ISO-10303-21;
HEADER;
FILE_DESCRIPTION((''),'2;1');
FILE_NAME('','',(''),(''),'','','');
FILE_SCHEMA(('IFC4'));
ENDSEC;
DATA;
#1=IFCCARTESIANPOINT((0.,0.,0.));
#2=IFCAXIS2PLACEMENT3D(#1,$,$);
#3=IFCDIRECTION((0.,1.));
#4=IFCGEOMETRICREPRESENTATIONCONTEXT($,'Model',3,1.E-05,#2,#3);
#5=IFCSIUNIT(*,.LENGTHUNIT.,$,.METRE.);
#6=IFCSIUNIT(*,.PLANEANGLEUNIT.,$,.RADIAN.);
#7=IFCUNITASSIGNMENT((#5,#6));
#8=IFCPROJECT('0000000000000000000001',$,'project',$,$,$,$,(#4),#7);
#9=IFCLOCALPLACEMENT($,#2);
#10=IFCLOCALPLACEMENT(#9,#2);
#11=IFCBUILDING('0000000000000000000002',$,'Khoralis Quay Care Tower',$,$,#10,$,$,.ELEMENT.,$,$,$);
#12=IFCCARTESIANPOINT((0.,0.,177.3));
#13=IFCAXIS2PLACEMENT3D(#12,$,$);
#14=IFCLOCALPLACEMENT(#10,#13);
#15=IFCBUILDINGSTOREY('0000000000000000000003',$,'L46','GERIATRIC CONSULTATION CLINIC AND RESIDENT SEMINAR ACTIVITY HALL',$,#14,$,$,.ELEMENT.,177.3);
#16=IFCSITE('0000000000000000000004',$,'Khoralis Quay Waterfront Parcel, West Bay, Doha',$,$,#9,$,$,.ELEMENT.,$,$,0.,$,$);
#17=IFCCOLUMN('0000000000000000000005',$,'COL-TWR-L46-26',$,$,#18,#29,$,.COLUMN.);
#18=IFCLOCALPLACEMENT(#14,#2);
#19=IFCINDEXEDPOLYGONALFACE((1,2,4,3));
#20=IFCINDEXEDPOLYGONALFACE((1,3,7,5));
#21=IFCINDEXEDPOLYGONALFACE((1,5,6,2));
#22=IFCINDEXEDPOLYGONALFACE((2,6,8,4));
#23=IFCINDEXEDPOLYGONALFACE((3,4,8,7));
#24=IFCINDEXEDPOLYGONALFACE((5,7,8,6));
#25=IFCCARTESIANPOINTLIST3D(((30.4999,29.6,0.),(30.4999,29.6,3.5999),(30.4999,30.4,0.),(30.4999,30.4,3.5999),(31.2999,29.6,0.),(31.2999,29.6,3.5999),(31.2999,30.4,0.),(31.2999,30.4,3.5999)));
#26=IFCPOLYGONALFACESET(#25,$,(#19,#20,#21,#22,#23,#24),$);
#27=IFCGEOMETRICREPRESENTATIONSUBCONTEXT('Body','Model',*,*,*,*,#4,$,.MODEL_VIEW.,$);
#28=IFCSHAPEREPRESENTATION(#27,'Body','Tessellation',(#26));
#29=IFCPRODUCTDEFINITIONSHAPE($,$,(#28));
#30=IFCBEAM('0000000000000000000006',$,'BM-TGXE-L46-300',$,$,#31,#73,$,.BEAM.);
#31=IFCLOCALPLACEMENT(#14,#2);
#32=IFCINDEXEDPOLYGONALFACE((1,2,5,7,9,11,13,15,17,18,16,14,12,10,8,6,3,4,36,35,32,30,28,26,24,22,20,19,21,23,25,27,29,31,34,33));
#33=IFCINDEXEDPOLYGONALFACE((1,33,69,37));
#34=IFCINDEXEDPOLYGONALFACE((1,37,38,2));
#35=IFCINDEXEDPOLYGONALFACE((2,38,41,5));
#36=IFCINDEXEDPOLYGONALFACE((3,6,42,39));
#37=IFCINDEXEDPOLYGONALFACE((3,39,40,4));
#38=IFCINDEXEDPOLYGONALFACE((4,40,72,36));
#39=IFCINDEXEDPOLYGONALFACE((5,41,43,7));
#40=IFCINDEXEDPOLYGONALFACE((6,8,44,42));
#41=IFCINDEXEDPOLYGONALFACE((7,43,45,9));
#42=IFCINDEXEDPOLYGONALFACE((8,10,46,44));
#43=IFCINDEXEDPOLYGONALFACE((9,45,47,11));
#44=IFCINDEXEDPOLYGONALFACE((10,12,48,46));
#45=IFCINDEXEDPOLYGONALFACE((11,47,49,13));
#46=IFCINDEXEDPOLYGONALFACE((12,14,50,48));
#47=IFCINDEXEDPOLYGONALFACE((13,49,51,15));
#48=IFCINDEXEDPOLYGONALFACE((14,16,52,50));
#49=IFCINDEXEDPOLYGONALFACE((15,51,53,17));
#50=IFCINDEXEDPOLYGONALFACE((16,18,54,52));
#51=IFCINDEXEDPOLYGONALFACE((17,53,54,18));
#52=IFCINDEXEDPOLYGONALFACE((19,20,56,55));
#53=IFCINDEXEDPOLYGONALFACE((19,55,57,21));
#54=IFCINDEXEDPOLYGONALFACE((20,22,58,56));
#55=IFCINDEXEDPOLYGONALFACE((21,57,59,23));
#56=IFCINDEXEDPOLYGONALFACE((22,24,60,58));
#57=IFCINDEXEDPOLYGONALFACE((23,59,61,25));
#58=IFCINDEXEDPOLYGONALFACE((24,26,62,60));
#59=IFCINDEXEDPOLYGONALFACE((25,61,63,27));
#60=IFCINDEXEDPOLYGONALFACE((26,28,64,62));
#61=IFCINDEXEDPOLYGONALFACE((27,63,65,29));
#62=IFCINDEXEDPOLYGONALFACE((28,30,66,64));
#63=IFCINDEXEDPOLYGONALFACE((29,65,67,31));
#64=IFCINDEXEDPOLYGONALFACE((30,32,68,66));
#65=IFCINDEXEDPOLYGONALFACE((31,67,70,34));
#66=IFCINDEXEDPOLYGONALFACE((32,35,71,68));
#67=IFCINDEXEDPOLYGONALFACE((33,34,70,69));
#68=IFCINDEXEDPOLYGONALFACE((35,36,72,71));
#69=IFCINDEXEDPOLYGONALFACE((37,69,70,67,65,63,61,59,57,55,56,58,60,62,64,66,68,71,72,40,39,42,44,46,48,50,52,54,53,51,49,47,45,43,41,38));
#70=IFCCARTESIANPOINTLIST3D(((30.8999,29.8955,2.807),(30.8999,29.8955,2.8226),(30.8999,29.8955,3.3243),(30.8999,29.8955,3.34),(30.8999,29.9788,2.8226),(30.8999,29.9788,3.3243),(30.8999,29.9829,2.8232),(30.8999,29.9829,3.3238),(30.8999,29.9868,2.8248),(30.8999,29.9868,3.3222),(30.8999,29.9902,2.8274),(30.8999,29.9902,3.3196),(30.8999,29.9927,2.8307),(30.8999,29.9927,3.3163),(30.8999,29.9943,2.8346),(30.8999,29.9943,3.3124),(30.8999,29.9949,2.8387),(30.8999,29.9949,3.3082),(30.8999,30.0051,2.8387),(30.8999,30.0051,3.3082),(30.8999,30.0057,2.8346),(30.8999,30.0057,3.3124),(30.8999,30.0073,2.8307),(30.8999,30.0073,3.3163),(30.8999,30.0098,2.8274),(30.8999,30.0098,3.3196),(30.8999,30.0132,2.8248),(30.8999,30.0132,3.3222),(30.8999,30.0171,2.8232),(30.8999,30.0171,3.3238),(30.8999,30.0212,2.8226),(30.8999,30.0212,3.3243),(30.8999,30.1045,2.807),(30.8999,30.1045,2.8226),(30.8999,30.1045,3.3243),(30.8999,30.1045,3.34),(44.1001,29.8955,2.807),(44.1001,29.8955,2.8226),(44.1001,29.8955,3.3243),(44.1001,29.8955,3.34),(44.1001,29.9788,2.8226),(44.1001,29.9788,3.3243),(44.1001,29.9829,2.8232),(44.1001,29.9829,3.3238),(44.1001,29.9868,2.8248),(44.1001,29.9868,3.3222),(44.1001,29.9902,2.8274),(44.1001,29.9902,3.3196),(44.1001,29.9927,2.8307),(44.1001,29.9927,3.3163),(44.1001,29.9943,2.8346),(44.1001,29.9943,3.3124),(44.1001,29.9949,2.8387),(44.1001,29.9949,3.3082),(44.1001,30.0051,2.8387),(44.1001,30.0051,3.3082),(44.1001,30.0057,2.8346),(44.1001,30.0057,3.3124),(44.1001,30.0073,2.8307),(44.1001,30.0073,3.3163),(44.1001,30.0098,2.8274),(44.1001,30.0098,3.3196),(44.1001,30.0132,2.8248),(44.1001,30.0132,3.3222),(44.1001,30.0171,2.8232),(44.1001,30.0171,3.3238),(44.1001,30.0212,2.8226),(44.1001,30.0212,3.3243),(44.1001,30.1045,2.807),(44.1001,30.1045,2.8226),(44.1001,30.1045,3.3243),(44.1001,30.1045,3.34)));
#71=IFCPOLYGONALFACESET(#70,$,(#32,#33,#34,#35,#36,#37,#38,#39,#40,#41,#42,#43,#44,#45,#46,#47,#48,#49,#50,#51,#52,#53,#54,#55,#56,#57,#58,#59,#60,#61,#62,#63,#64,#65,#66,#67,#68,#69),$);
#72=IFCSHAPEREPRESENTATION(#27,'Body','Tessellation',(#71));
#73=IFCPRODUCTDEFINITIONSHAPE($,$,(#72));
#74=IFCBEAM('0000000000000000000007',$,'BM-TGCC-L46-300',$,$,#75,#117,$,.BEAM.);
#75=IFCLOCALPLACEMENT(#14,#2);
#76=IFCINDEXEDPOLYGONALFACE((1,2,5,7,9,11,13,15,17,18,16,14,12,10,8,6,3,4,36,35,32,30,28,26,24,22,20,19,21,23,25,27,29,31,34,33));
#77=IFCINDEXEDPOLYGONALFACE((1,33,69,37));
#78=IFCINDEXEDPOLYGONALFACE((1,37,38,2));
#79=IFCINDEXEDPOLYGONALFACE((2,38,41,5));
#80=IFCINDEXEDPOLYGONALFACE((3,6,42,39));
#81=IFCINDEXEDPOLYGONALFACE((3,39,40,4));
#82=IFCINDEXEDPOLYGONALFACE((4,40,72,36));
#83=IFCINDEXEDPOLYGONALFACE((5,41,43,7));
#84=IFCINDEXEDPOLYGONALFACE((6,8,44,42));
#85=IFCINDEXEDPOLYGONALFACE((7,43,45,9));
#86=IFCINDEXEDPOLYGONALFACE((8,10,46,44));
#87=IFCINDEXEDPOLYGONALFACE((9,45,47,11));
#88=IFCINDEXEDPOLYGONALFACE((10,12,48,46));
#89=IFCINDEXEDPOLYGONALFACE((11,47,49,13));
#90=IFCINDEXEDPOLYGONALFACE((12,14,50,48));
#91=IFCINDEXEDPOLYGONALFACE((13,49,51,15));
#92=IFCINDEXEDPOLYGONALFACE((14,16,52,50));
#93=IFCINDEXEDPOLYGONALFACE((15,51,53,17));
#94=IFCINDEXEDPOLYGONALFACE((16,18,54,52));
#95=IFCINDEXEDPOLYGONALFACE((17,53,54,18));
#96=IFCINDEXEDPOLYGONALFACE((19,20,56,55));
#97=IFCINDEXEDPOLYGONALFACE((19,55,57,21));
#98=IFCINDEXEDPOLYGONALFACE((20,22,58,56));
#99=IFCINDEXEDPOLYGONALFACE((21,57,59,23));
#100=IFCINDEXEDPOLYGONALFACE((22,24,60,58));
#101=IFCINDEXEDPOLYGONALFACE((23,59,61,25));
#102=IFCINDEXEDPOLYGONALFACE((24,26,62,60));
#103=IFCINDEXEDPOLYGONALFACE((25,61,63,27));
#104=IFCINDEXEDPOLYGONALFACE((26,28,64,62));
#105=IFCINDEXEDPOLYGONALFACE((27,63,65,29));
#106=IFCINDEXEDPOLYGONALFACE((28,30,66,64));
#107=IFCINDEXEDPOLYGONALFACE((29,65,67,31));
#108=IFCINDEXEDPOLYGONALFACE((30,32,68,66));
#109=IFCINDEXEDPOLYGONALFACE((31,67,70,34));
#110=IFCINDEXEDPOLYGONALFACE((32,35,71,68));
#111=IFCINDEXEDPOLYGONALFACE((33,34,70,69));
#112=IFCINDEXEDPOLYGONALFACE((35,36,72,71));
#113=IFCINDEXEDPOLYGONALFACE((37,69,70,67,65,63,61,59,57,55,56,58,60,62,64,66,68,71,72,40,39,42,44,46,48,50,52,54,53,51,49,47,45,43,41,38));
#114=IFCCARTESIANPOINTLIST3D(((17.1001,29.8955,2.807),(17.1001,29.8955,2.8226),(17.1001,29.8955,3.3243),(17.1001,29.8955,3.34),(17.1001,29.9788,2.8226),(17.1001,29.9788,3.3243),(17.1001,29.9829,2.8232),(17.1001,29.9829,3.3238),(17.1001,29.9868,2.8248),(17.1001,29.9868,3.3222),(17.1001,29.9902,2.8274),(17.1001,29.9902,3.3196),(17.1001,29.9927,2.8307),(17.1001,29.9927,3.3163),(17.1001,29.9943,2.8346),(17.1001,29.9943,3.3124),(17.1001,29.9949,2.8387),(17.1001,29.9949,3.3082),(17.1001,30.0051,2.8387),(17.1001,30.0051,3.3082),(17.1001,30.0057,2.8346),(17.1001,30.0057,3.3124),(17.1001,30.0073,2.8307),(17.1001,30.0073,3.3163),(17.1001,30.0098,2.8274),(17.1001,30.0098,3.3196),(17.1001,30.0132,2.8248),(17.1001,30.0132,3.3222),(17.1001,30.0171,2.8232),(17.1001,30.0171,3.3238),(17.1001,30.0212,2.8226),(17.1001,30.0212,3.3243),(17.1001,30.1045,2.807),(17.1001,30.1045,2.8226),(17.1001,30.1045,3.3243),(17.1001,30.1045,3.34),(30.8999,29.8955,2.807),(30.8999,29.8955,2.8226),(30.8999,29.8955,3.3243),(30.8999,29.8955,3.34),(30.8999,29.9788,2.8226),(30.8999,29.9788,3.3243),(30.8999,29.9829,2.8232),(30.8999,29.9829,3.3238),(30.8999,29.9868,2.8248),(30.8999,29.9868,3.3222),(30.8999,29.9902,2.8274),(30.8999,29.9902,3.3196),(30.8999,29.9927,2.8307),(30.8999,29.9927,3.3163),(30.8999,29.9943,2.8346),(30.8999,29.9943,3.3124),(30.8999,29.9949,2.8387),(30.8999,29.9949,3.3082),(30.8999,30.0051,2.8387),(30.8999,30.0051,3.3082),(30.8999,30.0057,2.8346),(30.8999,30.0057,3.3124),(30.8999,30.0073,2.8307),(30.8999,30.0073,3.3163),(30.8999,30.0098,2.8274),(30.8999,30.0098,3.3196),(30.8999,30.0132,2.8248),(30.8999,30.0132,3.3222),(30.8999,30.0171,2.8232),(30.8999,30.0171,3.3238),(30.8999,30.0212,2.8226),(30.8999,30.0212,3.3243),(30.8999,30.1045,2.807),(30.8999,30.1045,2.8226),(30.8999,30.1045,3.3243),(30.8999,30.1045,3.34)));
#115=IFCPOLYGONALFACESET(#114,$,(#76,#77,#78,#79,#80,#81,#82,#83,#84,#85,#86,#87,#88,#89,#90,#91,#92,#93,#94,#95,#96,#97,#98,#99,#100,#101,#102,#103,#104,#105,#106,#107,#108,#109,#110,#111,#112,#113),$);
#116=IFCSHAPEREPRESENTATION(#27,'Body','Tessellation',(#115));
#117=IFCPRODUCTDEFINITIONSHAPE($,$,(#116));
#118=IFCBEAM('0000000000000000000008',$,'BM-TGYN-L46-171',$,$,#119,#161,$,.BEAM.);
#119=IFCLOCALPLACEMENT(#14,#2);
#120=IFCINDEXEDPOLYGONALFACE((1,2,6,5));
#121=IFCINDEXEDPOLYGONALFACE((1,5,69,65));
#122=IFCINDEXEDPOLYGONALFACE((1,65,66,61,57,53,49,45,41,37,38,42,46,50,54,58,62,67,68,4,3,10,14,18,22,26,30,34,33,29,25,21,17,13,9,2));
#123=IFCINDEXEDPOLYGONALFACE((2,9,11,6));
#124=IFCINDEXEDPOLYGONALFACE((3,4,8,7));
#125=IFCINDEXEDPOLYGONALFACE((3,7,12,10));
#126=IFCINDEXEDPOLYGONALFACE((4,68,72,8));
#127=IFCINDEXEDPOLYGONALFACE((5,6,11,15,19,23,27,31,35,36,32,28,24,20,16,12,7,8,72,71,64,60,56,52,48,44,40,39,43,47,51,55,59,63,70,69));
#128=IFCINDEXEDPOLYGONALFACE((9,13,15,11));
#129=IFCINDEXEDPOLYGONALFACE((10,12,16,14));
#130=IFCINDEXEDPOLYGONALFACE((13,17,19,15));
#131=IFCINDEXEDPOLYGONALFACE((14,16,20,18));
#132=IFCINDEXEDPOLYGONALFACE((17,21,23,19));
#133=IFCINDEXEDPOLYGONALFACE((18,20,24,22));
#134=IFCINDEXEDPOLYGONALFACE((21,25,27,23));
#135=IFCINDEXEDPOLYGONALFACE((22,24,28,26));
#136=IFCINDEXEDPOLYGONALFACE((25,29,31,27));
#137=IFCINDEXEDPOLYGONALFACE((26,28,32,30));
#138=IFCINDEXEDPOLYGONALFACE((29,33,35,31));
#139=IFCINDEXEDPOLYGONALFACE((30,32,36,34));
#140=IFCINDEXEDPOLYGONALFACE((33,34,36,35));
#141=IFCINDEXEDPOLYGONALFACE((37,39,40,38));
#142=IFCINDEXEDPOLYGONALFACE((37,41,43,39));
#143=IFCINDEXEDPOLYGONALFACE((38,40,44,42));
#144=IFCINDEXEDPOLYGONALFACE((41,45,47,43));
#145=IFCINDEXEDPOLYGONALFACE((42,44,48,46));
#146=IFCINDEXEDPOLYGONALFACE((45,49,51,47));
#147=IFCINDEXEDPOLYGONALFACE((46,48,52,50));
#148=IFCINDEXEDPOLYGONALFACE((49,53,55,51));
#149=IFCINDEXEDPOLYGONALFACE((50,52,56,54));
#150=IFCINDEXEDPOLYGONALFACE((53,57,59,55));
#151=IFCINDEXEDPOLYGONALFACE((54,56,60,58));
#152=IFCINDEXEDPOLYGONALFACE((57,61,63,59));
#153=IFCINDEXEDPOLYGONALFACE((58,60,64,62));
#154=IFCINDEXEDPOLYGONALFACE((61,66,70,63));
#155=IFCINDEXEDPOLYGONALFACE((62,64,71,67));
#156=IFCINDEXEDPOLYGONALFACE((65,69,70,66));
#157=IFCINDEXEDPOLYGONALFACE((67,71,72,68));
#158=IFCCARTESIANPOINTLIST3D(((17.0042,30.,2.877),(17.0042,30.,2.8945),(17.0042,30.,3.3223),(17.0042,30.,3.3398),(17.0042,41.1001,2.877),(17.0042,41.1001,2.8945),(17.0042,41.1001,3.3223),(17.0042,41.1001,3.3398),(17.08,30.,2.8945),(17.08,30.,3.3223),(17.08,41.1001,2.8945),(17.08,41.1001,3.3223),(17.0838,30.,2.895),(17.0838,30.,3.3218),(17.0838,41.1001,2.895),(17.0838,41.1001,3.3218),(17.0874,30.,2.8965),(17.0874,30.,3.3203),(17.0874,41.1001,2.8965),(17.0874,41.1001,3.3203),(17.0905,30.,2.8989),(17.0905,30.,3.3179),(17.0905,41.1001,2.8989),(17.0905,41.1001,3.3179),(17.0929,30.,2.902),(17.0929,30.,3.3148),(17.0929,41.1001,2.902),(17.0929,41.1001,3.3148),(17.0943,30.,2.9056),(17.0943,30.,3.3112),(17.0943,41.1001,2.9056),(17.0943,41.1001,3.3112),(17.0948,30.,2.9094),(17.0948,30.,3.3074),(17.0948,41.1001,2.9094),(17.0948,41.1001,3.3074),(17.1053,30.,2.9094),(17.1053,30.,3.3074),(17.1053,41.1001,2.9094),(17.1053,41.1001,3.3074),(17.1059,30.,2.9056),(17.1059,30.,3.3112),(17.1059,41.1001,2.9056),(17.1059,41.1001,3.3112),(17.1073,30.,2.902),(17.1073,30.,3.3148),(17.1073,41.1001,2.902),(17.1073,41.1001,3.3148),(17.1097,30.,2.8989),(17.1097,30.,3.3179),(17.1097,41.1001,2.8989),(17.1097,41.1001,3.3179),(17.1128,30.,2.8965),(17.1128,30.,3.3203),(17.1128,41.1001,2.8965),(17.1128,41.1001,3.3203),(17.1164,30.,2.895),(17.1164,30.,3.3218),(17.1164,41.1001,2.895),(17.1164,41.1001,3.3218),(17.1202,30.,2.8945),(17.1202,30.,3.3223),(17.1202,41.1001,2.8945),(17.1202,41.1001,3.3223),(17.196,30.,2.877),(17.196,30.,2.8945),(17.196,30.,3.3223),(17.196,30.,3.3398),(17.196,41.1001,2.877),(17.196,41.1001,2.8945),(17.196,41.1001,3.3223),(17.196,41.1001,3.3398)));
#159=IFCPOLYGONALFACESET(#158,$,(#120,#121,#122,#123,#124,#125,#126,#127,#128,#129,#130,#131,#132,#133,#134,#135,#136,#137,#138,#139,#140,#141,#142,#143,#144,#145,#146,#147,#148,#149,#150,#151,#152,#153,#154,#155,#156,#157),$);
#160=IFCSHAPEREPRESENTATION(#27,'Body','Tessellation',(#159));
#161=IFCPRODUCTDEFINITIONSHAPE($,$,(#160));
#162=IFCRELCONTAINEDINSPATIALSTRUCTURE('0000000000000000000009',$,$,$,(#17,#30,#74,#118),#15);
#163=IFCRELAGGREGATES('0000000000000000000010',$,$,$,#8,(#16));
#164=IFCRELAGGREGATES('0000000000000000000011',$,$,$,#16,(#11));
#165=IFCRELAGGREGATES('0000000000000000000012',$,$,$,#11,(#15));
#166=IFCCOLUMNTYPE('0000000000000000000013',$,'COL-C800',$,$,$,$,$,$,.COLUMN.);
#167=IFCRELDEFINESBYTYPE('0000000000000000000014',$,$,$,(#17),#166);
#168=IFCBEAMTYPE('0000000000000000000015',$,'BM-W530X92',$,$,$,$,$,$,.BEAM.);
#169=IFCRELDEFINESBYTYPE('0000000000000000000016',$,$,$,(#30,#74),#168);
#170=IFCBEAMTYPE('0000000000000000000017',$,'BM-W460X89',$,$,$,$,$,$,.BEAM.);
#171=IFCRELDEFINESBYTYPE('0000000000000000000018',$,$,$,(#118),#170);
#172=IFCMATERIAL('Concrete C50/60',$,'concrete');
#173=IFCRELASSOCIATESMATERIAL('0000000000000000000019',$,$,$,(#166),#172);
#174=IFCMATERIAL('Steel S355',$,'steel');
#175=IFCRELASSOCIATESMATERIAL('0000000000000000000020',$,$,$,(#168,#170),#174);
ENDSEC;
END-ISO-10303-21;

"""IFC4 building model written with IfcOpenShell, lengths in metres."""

from ifc_helpers import new_model, si_unit, direction, frame, origin, origin_2d, place, context, subcontext, project, spatial, rectangle, i_section, extrude, source, transform, mapped, material, material_profile, profile_set, type_object, element, save


model = new_model("IFC4")

# Units and contexts
model_context = context("Model", 3, precision=1e-05, world=origin(), true_north=direction((0.0, 1.0)))
body_context = subcontext(model_context, "Body", "Model", "MODEL_VIEW")
ifc_project = project(units=[si_unit("LENGTHUNIT", "METRE"), si_unit("PLANEANGLEUNIT", "RADIAN")], contexts=[model_context])

# Site, building, storey
site_placement = place(None, origin())
site = spatial("IfcSite", under=ifc_project, at=site_placement, Name="Khoralis Quay Waterfront Parcel, West Bay, Doha", CompositionType="ELEMENT", RefElevation=0.0)
building_placement = place(site_placement, origin())
building = spatial("IfcBuilding", under=site, at=building_placement, Name="Khoralis Quay Care Tower", CompositionType="ELEMENT")
storey_placement = place(building_placement, frame((0.0, 0.0, 177.3)))
storey = spatial("IfcBuildingStorey", under=building, at=storey_placement, Name="L46", Description="GERIATRIC CONSULTATION CLINIC AND RESIDENT SEMINAR ACTIVITY HALL", CompositionType="ELEMENT", Elevation=177.3)

# Column
ifc_material_1 = material(Name="Concrete C50/60", Category="concrete")
ifc_material_profile_1 = material_profile(ifc_material_1, rectangle(XDim=0.8, YDim=0.8, at=origin_2d()), Name="Concrete C50/60")
ifc_profile_set_1 = profile_set([ifc_material_profile_1], Name="Concrete C50/60")
column_type = type_object("IfcColumnType", Name="COL-C800", PredefinedType="COLUMN", material=ifc_profile_set_1)
shared_shape_1 = source(origin(), body_context, "Body", "SweptSolid", [
    extrude(rectangle(XDim=0.8, YDim=0.8, at=origin_2d()), origin(), (0.0, 0.0, 1.0), 3.5999),
])
column_placement = place(storey_placement, frame((30.8999, 30.0, 0.0), z_axis=(0.0, 0.0, 1.0), x_axis=(1.0, 0.0, 0.0)))
element("IfcColumn", 1, at=column_placement, inside=storey, type_object=column_type, Name="COL-TWR-L46-26", PredefinedType="COLUMN", context=body_context, shape_type="MappedRepresentation", body=[
    mapped(shared_shape_1, transform((0.0, 0.0, 0.0), scale=1.0)),
])

# Beams
ifc_material_2 = material(Name="Steel S355", Category="steel")
ifc_material_profile_2 = material_profile(ifc_material_2, i_section(OverallWidth=0.209, OverallDepth=0.533, WebThickness=0.0103, FlangeThickness=0.0156, FilletRadius=0.0161, at=origin_2d()), Name="Steel S355")
ifc_profile_set_2 = profile_set([ifc_material_profile_2], Name="Steel S355")
beam_type_1 = type_object("IfcBeamType", Name="BM-W530X92", PredefinedType="BEAM", material=ifc_profile_set_2)
shared_shape_2 = source(origin(), body_context, "Body", "SweptSolid", [
    extrude(i_section(OverallWidth=0.209, OverallDepth=0.533, WebThickness=0.0103, FlangeThickness=0.0156, FilletRadius=0.0161, at=origin_2d()), origin(), (0.0, 0.0, 1.0), 13.2002),
])
beam_1_placement = place(storey_placement, frame((30.8999, 30.0, 3.0735), z_axis=(1.0, 0.0, 0.0), x_axis=(0.0, 1.0, 0.0)))
element("IfcBeam", 2, at=beam_1_placement, inside=storey, type_object=beam_type_1, Name="BM-TGXE-L46-300", PredefinedType="BEAM", context=body_context, shape_type="MappedRepresentation", body=[
    mapped(shared_shape_2, transform((0.0, 0.0, 0.0), scale=1.0)),
])
shared_shape_3 = source(origin(), body_context, "Body", "SweptSolid", [
    extrude(i_section(OverallWidth=0.209, OverallDepth=0.533, WebThickness=0.0103, FlangeThickness=0.0156, FilletRadius=0.0161, at=origin_2d()), origin(), (0.0, 0.0, 1.0), 13.7998),
])
beam_2_placement = place(storey_placement, frame((17.1001, 30.0, 3.0735), z_axis=(1.0, 0.0, 0.0), x_axis=(0.0, 1.0, 0.0)))
element("IfcBeam", 3, at=beam_2_placement, inside=storey, type_object=beam_type_1, Name="BM-TGCC-L46-300", PredefinedType="BEAM", context=body_context, shape_type="MappedRepresentation", body=[
    mapped(shared_shape_3, transform((0.0, 0.0, 0.0), scale=1.0)),
])
ifc_material_profile_3 = material_profile(ifc_material_2, i_section(OverallWidth=0.1919, OverallDepth=0.4629, WebThickness=0.0105, FlangeThickness=0.0176, FilletRadius=0.0149, at=origin_2d()), Name="Steel S355")
ifc_profile_set_3 = profile_set([ifc_material_profile_3], Name="Steel S355")
beam_type_2 = type_object("IfcBeamType", Name="BM-W460X89", PredefinedType="BEAM", material=ifc_profile_set_3)
shared_shape_4 = source(origin(), body_context, "Body", "SweptSolid", [
    extrude(i_section(OverallWidth=0.1919, OverallDepth=0.4629, WebThickness=0.0105, FlangeThickness=0.0176, FilletRadius=0.0149, at=origin_2d()), origin(), (0.0, 0.0, 1.0), 11.1001),
])
for number, where, z_axis, x_axis, name in (
    (4, (17.1001, 30.0, 3.1084), (0.0, 1.0, 0.0), (-1.0, 0.0, 0.0), "BM-TGYN-L46-171"),
):
    element("IfcBeam", number, at=place(storey_placement, frame(where, z_axis=z_axis, x_axis=x_axis)), inside=storey, type_object=beam_type_2, Name=name, PredefinedType="BEAM", context=body_context, shape_type="MappedRepresentation", body=[
        mapped(shared_shape_4, transform((0.0, 0.0, 0.0), scale=1.0)),
    ])

save(model, "model.ifc")
